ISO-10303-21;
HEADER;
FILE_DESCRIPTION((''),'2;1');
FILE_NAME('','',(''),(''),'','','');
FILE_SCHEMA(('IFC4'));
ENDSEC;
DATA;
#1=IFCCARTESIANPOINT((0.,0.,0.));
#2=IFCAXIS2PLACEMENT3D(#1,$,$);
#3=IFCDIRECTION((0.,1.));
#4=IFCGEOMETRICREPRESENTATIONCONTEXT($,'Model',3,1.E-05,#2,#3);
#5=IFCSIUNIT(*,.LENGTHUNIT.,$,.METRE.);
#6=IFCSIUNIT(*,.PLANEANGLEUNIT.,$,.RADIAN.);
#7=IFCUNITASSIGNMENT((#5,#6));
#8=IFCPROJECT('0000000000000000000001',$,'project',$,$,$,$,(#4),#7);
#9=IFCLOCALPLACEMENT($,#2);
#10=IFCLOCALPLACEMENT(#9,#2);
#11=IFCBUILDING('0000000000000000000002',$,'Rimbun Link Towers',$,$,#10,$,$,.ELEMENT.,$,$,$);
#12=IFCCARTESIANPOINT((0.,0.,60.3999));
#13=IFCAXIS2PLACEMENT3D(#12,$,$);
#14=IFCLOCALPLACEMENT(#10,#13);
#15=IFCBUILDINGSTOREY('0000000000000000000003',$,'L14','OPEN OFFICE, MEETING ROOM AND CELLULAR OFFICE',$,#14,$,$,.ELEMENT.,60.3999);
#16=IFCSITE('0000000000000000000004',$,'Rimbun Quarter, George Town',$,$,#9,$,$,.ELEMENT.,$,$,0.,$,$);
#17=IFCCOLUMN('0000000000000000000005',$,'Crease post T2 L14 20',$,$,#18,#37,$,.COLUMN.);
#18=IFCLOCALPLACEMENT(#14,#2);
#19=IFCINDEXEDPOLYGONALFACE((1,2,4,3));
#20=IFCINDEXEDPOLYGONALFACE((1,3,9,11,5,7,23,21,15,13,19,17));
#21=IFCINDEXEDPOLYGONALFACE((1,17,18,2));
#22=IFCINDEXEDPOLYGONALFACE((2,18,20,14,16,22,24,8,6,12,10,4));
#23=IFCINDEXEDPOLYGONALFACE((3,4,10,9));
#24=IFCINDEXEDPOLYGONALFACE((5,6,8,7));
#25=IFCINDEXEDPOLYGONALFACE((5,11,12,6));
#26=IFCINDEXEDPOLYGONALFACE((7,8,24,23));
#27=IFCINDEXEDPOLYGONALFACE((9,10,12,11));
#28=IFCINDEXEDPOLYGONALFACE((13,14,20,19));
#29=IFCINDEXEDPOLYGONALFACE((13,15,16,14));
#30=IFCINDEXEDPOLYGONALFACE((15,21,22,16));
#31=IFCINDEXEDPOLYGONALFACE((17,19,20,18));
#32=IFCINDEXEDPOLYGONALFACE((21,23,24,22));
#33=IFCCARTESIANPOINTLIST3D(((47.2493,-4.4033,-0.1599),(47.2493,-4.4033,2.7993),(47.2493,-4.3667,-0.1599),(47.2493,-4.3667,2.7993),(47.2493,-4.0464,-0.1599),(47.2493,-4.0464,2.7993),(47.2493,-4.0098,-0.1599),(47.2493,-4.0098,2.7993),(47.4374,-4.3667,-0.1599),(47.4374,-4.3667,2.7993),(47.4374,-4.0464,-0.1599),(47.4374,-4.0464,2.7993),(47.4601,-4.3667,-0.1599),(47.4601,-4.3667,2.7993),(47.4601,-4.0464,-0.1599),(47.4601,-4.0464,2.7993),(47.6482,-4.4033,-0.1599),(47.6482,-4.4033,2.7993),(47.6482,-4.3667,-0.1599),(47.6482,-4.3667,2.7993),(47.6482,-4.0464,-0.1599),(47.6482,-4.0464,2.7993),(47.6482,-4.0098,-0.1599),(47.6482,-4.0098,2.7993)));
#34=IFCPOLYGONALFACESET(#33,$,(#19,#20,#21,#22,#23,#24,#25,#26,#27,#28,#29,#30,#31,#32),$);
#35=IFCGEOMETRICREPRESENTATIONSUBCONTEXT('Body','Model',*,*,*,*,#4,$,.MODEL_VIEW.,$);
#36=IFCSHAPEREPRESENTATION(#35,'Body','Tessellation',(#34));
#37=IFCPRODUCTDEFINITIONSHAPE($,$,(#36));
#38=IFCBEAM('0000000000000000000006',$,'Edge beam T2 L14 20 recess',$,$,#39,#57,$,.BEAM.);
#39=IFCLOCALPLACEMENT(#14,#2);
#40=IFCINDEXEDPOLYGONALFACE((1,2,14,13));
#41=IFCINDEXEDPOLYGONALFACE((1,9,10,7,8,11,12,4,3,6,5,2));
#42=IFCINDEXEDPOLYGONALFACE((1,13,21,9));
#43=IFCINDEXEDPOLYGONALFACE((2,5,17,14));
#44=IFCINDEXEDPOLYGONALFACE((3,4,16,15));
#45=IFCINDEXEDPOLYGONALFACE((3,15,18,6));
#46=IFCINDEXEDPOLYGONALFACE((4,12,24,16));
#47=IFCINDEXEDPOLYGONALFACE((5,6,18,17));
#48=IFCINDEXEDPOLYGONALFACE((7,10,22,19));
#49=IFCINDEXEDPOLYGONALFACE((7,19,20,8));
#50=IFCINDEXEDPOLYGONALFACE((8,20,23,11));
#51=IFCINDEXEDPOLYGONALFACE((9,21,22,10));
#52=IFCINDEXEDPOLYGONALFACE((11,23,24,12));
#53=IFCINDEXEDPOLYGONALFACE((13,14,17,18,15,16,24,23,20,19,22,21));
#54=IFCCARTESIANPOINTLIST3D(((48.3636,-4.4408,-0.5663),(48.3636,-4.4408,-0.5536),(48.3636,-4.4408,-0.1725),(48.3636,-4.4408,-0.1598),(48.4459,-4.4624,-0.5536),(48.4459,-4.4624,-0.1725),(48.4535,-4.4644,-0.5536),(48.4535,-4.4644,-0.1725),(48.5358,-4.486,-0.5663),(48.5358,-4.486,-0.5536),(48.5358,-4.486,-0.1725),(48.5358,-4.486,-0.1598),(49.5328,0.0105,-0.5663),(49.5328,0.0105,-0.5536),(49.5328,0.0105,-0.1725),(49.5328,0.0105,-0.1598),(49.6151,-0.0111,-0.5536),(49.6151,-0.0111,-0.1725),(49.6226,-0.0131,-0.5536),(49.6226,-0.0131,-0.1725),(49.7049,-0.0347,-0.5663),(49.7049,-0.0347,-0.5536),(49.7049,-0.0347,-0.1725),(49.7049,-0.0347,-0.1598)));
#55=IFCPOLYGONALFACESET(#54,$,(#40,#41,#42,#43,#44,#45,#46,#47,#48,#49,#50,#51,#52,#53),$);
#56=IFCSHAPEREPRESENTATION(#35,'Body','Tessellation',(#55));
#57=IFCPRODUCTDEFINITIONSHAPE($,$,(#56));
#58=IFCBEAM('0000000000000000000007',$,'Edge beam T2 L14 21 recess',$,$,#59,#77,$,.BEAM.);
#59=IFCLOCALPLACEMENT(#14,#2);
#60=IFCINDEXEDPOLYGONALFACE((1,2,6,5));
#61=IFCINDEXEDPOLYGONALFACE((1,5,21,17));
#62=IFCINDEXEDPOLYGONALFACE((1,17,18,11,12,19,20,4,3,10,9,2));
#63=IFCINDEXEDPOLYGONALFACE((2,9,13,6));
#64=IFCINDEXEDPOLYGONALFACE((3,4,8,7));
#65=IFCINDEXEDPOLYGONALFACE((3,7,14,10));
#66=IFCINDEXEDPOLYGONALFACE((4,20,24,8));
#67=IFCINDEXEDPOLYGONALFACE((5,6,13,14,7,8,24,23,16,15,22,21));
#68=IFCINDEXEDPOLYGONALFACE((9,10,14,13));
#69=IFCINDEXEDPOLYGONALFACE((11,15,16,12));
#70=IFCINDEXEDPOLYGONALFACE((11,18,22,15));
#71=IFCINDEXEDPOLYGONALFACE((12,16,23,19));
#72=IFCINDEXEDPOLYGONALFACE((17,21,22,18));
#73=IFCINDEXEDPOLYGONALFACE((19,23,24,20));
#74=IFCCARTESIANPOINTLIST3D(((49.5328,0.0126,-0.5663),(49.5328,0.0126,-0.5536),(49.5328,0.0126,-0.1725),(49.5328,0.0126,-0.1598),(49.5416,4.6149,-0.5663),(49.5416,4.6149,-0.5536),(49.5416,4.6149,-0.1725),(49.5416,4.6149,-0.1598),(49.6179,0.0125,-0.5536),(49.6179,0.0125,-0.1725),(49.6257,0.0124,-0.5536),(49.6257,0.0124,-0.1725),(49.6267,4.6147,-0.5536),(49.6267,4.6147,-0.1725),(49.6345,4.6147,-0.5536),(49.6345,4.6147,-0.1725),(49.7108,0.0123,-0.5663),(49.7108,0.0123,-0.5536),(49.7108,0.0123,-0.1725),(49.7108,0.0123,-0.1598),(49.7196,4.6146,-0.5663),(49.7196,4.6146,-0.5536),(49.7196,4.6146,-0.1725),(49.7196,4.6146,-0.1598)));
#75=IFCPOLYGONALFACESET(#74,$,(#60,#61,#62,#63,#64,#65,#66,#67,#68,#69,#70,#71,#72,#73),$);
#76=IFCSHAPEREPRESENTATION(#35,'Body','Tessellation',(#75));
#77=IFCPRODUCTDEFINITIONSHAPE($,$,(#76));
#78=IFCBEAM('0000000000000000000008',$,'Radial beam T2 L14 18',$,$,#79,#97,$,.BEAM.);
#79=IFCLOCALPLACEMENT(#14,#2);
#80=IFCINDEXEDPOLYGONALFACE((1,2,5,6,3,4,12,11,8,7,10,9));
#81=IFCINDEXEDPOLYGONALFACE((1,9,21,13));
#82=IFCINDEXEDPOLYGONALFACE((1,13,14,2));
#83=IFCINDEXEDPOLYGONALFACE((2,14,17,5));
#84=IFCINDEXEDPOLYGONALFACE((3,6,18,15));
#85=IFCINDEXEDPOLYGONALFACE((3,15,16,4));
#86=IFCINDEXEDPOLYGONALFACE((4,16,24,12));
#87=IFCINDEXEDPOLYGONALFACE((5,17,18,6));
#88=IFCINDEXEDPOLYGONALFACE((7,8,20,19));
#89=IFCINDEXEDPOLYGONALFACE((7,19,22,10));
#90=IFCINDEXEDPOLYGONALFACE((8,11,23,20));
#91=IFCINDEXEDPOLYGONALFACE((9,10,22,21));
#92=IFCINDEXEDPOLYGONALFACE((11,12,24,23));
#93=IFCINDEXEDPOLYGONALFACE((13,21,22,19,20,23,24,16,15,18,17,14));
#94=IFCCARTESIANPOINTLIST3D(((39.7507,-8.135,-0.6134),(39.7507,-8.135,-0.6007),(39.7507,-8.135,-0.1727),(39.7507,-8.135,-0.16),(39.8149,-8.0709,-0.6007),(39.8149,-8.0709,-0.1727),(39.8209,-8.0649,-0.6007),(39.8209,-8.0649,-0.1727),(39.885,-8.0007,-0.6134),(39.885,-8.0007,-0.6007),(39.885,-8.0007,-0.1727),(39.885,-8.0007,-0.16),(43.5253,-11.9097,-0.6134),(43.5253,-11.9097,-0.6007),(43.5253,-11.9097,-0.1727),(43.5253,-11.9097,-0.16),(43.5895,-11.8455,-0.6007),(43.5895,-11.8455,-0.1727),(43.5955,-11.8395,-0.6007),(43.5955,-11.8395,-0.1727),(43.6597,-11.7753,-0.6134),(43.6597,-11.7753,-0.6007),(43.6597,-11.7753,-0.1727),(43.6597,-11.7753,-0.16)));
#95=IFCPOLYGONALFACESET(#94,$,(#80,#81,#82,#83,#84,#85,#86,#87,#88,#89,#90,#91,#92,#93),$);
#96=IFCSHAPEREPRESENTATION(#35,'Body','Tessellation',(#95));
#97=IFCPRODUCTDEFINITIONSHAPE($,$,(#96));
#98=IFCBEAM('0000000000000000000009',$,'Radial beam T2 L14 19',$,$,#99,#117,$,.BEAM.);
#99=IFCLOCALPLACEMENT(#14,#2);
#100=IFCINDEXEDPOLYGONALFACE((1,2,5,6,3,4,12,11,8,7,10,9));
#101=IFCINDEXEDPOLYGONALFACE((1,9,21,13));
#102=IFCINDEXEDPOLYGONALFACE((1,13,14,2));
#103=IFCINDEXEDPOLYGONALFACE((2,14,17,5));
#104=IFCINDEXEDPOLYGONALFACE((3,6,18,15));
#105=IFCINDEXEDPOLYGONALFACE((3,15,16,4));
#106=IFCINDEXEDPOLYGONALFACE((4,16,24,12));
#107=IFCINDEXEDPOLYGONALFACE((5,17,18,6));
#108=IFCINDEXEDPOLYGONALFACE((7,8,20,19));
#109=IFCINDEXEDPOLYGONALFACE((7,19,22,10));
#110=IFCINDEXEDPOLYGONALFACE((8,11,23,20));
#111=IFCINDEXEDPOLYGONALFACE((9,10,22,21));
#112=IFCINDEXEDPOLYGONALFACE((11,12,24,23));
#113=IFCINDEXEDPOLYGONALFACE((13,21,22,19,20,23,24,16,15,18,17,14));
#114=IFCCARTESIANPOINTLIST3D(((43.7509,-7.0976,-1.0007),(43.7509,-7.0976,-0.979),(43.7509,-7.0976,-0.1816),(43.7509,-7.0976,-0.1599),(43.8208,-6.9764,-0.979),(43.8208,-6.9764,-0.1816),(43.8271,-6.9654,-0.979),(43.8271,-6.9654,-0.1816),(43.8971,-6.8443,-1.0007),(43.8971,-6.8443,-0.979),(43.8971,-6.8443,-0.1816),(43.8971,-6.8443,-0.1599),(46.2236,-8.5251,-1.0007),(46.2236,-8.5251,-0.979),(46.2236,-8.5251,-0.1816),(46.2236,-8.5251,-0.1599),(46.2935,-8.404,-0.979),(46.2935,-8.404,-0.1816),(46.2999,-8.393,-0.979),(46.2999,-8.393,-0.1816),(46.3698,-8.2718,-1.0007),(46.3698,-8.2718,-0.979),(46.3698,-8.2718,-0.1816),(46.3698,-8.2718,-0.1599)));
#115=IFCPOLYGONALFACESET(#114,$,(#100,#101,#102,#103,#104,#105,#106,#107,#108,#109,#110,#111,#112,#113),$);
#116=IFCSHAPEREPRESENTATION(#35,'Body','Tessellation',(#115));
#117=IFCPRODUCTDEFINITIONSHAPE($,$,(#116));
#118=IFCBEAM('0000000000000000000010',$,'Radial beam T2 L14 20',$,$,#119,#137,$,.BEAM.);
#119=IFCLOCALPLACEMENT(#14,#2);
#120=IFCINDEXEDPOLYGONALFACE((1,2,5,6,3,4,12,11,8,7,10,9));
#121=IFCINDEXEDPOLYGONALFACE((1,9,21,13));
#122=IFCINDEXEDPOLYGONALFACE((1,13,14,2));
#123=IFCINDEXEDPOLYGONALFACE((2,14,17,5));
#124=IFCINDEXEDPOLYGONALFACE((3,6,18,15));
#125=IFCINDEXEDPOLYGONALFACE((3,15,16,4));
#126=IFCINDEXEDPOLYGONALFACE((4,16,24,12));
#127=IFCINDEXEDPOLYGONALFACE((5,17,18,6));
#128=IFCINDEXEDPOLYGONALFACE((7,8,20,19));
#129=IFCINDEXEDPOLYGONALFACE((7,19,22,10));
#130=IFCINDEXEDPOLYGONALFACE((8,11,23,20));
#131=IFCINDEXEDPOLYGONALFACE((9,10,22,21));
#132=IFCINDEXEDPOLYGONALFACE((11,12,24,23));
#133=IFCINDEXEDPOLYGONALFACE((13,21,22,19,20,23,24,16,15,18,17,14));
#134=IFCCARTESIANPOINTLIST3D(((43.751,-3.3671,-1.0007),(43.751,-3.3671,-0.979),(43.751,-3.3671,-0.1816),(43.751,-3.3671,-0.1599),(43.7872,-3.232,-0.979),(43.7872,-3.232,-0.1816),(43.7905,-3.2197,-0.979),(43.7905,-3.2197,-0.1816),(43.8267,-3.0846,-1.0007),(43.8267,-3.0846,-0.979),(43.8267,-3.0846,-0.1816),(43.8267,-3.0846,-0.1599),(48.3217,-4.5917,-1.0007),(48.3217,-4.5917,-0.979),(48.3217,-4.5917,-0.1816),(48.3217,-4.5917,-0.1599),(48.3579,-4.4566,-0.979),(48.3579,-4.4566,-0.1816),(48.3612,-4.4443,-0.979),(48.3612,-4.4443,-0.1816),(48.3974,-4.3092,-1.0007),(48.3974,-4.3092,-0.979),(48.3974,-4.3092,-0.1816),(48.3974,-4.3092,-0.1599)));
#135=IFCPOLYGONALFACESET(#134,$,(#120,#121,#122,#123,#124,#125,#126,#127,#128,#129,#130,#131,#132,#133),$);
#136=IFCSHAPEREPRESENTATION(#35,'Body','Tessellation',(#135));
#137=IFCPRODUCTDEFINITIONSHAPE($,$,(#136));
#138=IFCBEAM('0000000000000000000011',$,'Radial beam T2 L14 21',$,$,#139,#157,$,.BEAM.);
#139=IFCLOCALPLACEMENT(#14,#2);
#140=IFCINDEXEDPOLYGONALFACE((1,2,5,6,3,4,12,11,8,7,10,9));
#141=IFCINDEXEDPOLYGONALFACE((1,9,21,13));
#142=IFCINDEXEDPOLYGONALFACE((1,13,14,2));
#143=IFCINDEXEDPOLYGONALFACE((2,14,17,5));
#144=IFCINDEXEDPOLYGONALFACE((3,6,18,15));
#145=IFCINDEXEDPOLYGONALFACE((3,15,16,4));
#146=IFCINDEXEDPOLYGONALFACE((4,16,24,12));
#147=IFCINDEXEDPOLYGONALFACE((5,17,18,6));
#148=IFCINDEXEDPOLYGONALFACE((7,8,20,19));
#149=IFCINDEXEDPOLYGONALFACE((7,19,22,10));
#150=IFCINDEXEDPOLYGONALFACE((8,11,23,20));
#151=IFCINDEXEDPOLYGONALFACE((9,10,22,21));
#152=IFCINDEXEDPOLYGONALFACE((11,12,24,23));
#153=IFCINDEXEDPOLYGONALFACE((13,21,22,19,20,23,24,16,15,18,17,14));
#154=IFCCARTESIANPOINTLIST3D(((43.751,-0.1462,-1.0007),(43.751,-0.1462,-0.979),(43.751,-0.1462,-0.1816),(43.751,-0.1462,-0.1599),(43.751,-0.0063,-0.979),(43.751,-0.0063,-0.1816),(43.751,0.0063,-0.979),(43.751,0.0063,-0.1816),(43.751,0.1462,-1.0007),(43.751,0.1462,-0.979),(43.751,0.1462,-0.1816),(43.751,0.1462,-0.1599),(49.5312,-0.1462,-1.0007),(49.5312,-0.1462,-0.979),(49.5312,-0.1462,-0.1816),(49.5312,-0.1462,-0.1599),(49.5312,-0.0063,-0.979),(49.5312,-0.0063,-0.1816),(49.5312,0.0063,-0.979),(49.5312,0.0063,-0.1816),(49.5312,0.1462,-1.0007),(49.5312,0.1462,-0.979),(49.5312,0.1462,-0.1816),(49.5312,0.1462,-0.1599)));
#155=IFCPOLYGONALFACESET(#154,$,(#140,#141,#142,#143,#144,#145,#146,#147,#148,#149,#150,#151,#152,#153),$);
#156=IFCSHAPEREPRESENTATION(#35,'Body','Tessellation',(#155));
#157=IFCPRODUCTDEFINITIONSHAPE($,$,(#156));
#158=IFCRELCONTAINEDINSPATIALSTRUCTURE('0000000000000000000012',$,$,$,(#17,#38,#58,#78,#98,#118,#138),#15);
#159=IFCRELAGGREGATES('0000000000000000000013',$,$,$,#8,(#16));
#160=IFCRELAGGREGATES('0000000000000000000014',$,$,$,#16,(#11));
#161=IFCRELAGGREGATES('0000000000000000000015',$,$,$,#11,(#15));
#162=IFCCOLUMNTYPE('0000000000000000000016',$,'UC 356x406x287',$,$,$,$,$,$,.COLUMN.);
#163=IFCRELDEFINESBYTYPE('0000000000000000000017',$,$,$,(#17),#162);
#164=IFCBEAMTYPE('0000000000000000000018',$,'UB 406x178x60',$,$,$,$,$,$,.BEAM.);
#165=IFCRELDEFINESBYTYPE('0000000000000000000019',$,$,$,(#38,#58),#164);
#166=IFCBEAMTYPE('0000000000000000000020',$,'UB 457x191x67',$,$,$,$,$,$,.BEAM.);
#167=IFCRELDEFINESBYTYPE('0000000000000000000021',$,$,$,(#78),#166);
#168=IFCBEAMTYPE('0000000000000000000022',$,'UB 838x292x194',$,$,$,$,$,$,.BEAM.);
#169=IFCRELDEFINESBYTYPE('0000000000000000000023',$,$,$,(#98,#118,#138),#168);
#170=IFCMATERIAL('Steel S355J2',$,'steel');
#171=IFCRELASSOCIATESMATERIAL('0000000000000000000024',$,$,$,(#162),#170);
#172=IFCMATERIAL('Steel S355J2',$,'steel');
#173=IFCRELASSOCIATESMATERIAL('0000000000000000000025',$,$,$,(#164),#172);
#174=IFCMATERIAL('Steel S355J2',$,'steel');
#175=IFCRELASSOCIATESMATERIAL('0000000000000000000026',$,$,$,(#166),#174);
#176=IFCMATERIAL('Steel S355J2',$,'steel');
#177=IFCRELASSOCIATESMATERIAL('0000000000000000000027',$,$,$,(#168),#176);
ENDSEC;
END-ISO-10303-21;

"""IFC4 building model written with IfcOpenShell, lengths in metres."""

from ifc_helpers import new_model, si_unit, direction, frame, origin, origin_2d, place, context, subcontext, project, spatial, i_section, extrude, material, material_profile, profile_set, type_object, element, save


model = new_model("IFC4")

# Units and contexts
model_context = context("Model", 3, precision=1e-05, world=origin(), true_north=direction((0.0, 1.0)))
body_context = subcontext(model_context, "Body", "Model", "MODEL_VIEW")
ifc_project = project(units=[si_unit("LENGTHUNIT", "METRE"), si_unit("PLANEANGLEUNIT", "RADIAN")], contexts=[model_context])

# Site, building, storey
site_placement = place(None, origin())
site = spatial("IfcSite", under=ifc_project, at=site_placement, Name="Rimbun Quarter, George Town", CompositionType="ELEMENT", RefElevation=0.0)
building_placement = place(site_placement, origin())
building = spatial("IfcBuilding", under=site, at=building_placement, Name="Rimbun Link Towers", CompositionType="ELEMENT")
storey_placement = place(building_placement, frame((0.0, 0.0, 60.3999)))
storey = spatial("IfcBuildingStorey", under=building, at=storey_placement, Name="L14", Description="OPEN OFFICE, MEETING ROOM AND CELLULAR OFFICE", CompositionType="ELEMENT", Elevation=60.3999)

# Column
ifc_material_1 = material(Name="Steel S355J2", Category="steel")
ifc_material_profile_1 = material_profile(ifc_material_1, i_section(OverallWidth=0.3989, OverallDepth=0.3936, WebThickness=0.0227, FlangeThickness=0.0366, at=origin_2d()), Name="UC 356x406x287")
ifc_profile_set_1 = profile_set([ifc_material_profile_1], Name="Steel S355J2")
column_type = type_object("IfcColumnType", Name="UC 356x406x287", PredefinedType="COLUMN", material=ifc_profile_set_1)
column_placement = place(storey_placement, frame((47.4487, -4.2065, -0.1599), z_axis=(0.0, 0.0, 1.0), x_axis=(1.0, 0.0, 0.0)))
element("IfcColumn", 1, at=column_placement, inside=storey, type_object=column_type, Name="Crease post T2 L14 20", PredefinedType="COLUMN", context=body_context, shape_type="SweptSolid", body=[
    extrude(i_section(OverallWidth=0.3989, OverallDepth=0.3936, WebThickness=0.0227, FlangeThickness=0.0366, at=origin_2d()), origin(), (0.0, 0.0, 1.0), 2.9592),
])

# Beams
ifc_material_2 = material(Name="Steel S355J2", Category="steel")
ifc_material_profile_2 = material_profile(ifc_material_2, i_section(OverallWidth=0.178, OverallDepth=0.4065, WebThickness=0.0078, FlangeThickness=0.0127, at=origin_2d()), Name="UB 406x178x60")
ifc_profile_set_2 = profile_set([ifc_material_profile_2], Name="Steel S355J2")
beam_type_1 = type_object("IfcBeamType", Name="UB 406x178x60", PredefinedType="BEAM", material=ifc_profile_set_2)
for number, where, z_axis, x_axis, name in (
    (2, (48.4497, -4.4634, -0.363), (0.254039, 0.967194, 0.0), (-0.967194, 0.254039, 0.0), "Edge beam T2 L14 20 recess"),
    (3, (49.6218, 0.0125, -0.363), (0.00191, 0.999998, 0.0), (-0.999998, 0.00191, 0.0), "Edge beam T2 L14 21 recess"),
):
    element("IfcBeam", number, at=place(storey_placement, frame(where, z_axis=z_axis, x_axis=x_axis)), inside=storey, type_object=beam_type_1, Name=name, PredefinedType="BEAM", context=body_context, shape_type="SweptSolid", body=[
        extrude(i_section(OverallWidth=0.178, OverallDepth=0.4065, WebThickness=0.0078, FlangeThickness=0.0127, at=origin_2d()), origin(), (0.0, 0.0, 1.0), 4.6023),
    ])
ifc_material_3 = material(Name="Steel S355J2", Category="steel")
ifc_material_profile_3 = material_profile(ifc_material_3, i_section(OverallWidth=0.1899, OverallDepth=0.4534, WebThickness=0.0085, FlangeThickness=0.0127, at=origin_2d()), Name="UB 457x191x67")
ifc_profile_set_3 = profile_set([ifc_material_profile_3], Name="Steel S355J2")
beam_type_2 = type_object("IfcBeamType", Name="UB 457x191x67", PredefinedType="BEAM", material=ifc_profile_set_3)
beam_1_placement = place(storey_placement, frame((39.8179, -8.0679, -0.3867), z_axis=(0.707107, -0.707107, 0.0), x_axis=(0.707107, 0.707107, 0.0)))
element("IfcBeam", 4, at=beam_1_placement, inside=storey, type_object=beam_type_2, Name="Radial beam T2 L14 18", PredefinedType="BEAM", context=body_context, shape_type="SweptSolid", body=[
    extrude(i_section(OverallWidth=0.1899, OverallDepth=0.4534, WebThickness=0.0085, FlangeThickness=0.0127, at=origin_2d()), origin(), (0.0, 0.0, 1.0), 5.3381),
])
ifc_material_4 = material(Name="Steel S355J2", Category="steel")
ifc_material_profile_4 = material_profile(ifc_material_4, i_section(OverallWidth=0.2925, OverallDepth=0.8408, WebThickness=0.0127, FlangeThickness=0.0217, at=origin_2d()), Name="UB 838x292x194")
ifc_profile_set_4 = profile_set([ifc_material_profile_4], Name="Steel S355J2")
beam_type_3 = type_object("IfcBeamType", Name="UB 838x292x194", PredefinedType="BEAM", material=ifc_profile_set_4)
beam_2_placement = place(storey_placement, frame((43.824, -6.9709, -0.5803), z_axis=(0.86604, -0.499974, 0.0), x_axis=(0.499974, 0.86604, 0.0)))
element("IfcBeam", 5, at=beam_2_placement, inside=storey, type_object=beam_type_3, Name="Radial beam T2 L14 19", PredefinedType="BEAM", context=body_context, shape_type="SweptSolid", body=[
    extrude(i_section(OverallWidth=0.2925, OverallDepth=0.8408, WebThickness=0.0127, FlangeThickness=0.0217, at=origin_2d()), origin(), (0.0, 0.0, 1.0), 2.8552),
])
beam_3_placement = place(storey_placement, frame((43.7888, -3.2258, -0.5803), z_axis=(0.965933, -0.258793, 0.0), x_axis=(0.258793, 0.965933, 0.0)))
element("IfcBeam", 6, at=beam_3_placement, inside=storey, type_object=beam_type_3, Name="Radial beam T2 L14 20", PredefinedType="BEAM", context=body_context, shape_type="SweptSolid", body=[
    extrude(i_section(OverallWidth=0.2925, OverallDepth=0.8408, WebThickness=0.0127, FlangeThickness=0.0217, at=origin_2d()), origin(), (0.0, 0.0, 1.0), 4.7319),
])
beam_4_placement = place(storey_placement, frame((43.751, 0.0, -0.5803), z_axis=(1.0, 0.0, 0.0), x_axis=(0.0, 1.0, 0.0)))
element("IfcBeam", 7, at=beam_4_placement, inside=storey, type_object=beam_type_3, Name="Radial beam T2 L14 21", PredefinedType="BEAM", context=body_context, shape_type="SweptSolid", body=[
    extrude(i_section(OverallWidth=0.2925, OverallDepth=0.8408, WebThickness=0.0127, FlangeThickness=0.0217, at=origin_2d()), origin(), (0.0, 0.0, 1.0), 5.7803),
])

save(model, "model.ifc")
